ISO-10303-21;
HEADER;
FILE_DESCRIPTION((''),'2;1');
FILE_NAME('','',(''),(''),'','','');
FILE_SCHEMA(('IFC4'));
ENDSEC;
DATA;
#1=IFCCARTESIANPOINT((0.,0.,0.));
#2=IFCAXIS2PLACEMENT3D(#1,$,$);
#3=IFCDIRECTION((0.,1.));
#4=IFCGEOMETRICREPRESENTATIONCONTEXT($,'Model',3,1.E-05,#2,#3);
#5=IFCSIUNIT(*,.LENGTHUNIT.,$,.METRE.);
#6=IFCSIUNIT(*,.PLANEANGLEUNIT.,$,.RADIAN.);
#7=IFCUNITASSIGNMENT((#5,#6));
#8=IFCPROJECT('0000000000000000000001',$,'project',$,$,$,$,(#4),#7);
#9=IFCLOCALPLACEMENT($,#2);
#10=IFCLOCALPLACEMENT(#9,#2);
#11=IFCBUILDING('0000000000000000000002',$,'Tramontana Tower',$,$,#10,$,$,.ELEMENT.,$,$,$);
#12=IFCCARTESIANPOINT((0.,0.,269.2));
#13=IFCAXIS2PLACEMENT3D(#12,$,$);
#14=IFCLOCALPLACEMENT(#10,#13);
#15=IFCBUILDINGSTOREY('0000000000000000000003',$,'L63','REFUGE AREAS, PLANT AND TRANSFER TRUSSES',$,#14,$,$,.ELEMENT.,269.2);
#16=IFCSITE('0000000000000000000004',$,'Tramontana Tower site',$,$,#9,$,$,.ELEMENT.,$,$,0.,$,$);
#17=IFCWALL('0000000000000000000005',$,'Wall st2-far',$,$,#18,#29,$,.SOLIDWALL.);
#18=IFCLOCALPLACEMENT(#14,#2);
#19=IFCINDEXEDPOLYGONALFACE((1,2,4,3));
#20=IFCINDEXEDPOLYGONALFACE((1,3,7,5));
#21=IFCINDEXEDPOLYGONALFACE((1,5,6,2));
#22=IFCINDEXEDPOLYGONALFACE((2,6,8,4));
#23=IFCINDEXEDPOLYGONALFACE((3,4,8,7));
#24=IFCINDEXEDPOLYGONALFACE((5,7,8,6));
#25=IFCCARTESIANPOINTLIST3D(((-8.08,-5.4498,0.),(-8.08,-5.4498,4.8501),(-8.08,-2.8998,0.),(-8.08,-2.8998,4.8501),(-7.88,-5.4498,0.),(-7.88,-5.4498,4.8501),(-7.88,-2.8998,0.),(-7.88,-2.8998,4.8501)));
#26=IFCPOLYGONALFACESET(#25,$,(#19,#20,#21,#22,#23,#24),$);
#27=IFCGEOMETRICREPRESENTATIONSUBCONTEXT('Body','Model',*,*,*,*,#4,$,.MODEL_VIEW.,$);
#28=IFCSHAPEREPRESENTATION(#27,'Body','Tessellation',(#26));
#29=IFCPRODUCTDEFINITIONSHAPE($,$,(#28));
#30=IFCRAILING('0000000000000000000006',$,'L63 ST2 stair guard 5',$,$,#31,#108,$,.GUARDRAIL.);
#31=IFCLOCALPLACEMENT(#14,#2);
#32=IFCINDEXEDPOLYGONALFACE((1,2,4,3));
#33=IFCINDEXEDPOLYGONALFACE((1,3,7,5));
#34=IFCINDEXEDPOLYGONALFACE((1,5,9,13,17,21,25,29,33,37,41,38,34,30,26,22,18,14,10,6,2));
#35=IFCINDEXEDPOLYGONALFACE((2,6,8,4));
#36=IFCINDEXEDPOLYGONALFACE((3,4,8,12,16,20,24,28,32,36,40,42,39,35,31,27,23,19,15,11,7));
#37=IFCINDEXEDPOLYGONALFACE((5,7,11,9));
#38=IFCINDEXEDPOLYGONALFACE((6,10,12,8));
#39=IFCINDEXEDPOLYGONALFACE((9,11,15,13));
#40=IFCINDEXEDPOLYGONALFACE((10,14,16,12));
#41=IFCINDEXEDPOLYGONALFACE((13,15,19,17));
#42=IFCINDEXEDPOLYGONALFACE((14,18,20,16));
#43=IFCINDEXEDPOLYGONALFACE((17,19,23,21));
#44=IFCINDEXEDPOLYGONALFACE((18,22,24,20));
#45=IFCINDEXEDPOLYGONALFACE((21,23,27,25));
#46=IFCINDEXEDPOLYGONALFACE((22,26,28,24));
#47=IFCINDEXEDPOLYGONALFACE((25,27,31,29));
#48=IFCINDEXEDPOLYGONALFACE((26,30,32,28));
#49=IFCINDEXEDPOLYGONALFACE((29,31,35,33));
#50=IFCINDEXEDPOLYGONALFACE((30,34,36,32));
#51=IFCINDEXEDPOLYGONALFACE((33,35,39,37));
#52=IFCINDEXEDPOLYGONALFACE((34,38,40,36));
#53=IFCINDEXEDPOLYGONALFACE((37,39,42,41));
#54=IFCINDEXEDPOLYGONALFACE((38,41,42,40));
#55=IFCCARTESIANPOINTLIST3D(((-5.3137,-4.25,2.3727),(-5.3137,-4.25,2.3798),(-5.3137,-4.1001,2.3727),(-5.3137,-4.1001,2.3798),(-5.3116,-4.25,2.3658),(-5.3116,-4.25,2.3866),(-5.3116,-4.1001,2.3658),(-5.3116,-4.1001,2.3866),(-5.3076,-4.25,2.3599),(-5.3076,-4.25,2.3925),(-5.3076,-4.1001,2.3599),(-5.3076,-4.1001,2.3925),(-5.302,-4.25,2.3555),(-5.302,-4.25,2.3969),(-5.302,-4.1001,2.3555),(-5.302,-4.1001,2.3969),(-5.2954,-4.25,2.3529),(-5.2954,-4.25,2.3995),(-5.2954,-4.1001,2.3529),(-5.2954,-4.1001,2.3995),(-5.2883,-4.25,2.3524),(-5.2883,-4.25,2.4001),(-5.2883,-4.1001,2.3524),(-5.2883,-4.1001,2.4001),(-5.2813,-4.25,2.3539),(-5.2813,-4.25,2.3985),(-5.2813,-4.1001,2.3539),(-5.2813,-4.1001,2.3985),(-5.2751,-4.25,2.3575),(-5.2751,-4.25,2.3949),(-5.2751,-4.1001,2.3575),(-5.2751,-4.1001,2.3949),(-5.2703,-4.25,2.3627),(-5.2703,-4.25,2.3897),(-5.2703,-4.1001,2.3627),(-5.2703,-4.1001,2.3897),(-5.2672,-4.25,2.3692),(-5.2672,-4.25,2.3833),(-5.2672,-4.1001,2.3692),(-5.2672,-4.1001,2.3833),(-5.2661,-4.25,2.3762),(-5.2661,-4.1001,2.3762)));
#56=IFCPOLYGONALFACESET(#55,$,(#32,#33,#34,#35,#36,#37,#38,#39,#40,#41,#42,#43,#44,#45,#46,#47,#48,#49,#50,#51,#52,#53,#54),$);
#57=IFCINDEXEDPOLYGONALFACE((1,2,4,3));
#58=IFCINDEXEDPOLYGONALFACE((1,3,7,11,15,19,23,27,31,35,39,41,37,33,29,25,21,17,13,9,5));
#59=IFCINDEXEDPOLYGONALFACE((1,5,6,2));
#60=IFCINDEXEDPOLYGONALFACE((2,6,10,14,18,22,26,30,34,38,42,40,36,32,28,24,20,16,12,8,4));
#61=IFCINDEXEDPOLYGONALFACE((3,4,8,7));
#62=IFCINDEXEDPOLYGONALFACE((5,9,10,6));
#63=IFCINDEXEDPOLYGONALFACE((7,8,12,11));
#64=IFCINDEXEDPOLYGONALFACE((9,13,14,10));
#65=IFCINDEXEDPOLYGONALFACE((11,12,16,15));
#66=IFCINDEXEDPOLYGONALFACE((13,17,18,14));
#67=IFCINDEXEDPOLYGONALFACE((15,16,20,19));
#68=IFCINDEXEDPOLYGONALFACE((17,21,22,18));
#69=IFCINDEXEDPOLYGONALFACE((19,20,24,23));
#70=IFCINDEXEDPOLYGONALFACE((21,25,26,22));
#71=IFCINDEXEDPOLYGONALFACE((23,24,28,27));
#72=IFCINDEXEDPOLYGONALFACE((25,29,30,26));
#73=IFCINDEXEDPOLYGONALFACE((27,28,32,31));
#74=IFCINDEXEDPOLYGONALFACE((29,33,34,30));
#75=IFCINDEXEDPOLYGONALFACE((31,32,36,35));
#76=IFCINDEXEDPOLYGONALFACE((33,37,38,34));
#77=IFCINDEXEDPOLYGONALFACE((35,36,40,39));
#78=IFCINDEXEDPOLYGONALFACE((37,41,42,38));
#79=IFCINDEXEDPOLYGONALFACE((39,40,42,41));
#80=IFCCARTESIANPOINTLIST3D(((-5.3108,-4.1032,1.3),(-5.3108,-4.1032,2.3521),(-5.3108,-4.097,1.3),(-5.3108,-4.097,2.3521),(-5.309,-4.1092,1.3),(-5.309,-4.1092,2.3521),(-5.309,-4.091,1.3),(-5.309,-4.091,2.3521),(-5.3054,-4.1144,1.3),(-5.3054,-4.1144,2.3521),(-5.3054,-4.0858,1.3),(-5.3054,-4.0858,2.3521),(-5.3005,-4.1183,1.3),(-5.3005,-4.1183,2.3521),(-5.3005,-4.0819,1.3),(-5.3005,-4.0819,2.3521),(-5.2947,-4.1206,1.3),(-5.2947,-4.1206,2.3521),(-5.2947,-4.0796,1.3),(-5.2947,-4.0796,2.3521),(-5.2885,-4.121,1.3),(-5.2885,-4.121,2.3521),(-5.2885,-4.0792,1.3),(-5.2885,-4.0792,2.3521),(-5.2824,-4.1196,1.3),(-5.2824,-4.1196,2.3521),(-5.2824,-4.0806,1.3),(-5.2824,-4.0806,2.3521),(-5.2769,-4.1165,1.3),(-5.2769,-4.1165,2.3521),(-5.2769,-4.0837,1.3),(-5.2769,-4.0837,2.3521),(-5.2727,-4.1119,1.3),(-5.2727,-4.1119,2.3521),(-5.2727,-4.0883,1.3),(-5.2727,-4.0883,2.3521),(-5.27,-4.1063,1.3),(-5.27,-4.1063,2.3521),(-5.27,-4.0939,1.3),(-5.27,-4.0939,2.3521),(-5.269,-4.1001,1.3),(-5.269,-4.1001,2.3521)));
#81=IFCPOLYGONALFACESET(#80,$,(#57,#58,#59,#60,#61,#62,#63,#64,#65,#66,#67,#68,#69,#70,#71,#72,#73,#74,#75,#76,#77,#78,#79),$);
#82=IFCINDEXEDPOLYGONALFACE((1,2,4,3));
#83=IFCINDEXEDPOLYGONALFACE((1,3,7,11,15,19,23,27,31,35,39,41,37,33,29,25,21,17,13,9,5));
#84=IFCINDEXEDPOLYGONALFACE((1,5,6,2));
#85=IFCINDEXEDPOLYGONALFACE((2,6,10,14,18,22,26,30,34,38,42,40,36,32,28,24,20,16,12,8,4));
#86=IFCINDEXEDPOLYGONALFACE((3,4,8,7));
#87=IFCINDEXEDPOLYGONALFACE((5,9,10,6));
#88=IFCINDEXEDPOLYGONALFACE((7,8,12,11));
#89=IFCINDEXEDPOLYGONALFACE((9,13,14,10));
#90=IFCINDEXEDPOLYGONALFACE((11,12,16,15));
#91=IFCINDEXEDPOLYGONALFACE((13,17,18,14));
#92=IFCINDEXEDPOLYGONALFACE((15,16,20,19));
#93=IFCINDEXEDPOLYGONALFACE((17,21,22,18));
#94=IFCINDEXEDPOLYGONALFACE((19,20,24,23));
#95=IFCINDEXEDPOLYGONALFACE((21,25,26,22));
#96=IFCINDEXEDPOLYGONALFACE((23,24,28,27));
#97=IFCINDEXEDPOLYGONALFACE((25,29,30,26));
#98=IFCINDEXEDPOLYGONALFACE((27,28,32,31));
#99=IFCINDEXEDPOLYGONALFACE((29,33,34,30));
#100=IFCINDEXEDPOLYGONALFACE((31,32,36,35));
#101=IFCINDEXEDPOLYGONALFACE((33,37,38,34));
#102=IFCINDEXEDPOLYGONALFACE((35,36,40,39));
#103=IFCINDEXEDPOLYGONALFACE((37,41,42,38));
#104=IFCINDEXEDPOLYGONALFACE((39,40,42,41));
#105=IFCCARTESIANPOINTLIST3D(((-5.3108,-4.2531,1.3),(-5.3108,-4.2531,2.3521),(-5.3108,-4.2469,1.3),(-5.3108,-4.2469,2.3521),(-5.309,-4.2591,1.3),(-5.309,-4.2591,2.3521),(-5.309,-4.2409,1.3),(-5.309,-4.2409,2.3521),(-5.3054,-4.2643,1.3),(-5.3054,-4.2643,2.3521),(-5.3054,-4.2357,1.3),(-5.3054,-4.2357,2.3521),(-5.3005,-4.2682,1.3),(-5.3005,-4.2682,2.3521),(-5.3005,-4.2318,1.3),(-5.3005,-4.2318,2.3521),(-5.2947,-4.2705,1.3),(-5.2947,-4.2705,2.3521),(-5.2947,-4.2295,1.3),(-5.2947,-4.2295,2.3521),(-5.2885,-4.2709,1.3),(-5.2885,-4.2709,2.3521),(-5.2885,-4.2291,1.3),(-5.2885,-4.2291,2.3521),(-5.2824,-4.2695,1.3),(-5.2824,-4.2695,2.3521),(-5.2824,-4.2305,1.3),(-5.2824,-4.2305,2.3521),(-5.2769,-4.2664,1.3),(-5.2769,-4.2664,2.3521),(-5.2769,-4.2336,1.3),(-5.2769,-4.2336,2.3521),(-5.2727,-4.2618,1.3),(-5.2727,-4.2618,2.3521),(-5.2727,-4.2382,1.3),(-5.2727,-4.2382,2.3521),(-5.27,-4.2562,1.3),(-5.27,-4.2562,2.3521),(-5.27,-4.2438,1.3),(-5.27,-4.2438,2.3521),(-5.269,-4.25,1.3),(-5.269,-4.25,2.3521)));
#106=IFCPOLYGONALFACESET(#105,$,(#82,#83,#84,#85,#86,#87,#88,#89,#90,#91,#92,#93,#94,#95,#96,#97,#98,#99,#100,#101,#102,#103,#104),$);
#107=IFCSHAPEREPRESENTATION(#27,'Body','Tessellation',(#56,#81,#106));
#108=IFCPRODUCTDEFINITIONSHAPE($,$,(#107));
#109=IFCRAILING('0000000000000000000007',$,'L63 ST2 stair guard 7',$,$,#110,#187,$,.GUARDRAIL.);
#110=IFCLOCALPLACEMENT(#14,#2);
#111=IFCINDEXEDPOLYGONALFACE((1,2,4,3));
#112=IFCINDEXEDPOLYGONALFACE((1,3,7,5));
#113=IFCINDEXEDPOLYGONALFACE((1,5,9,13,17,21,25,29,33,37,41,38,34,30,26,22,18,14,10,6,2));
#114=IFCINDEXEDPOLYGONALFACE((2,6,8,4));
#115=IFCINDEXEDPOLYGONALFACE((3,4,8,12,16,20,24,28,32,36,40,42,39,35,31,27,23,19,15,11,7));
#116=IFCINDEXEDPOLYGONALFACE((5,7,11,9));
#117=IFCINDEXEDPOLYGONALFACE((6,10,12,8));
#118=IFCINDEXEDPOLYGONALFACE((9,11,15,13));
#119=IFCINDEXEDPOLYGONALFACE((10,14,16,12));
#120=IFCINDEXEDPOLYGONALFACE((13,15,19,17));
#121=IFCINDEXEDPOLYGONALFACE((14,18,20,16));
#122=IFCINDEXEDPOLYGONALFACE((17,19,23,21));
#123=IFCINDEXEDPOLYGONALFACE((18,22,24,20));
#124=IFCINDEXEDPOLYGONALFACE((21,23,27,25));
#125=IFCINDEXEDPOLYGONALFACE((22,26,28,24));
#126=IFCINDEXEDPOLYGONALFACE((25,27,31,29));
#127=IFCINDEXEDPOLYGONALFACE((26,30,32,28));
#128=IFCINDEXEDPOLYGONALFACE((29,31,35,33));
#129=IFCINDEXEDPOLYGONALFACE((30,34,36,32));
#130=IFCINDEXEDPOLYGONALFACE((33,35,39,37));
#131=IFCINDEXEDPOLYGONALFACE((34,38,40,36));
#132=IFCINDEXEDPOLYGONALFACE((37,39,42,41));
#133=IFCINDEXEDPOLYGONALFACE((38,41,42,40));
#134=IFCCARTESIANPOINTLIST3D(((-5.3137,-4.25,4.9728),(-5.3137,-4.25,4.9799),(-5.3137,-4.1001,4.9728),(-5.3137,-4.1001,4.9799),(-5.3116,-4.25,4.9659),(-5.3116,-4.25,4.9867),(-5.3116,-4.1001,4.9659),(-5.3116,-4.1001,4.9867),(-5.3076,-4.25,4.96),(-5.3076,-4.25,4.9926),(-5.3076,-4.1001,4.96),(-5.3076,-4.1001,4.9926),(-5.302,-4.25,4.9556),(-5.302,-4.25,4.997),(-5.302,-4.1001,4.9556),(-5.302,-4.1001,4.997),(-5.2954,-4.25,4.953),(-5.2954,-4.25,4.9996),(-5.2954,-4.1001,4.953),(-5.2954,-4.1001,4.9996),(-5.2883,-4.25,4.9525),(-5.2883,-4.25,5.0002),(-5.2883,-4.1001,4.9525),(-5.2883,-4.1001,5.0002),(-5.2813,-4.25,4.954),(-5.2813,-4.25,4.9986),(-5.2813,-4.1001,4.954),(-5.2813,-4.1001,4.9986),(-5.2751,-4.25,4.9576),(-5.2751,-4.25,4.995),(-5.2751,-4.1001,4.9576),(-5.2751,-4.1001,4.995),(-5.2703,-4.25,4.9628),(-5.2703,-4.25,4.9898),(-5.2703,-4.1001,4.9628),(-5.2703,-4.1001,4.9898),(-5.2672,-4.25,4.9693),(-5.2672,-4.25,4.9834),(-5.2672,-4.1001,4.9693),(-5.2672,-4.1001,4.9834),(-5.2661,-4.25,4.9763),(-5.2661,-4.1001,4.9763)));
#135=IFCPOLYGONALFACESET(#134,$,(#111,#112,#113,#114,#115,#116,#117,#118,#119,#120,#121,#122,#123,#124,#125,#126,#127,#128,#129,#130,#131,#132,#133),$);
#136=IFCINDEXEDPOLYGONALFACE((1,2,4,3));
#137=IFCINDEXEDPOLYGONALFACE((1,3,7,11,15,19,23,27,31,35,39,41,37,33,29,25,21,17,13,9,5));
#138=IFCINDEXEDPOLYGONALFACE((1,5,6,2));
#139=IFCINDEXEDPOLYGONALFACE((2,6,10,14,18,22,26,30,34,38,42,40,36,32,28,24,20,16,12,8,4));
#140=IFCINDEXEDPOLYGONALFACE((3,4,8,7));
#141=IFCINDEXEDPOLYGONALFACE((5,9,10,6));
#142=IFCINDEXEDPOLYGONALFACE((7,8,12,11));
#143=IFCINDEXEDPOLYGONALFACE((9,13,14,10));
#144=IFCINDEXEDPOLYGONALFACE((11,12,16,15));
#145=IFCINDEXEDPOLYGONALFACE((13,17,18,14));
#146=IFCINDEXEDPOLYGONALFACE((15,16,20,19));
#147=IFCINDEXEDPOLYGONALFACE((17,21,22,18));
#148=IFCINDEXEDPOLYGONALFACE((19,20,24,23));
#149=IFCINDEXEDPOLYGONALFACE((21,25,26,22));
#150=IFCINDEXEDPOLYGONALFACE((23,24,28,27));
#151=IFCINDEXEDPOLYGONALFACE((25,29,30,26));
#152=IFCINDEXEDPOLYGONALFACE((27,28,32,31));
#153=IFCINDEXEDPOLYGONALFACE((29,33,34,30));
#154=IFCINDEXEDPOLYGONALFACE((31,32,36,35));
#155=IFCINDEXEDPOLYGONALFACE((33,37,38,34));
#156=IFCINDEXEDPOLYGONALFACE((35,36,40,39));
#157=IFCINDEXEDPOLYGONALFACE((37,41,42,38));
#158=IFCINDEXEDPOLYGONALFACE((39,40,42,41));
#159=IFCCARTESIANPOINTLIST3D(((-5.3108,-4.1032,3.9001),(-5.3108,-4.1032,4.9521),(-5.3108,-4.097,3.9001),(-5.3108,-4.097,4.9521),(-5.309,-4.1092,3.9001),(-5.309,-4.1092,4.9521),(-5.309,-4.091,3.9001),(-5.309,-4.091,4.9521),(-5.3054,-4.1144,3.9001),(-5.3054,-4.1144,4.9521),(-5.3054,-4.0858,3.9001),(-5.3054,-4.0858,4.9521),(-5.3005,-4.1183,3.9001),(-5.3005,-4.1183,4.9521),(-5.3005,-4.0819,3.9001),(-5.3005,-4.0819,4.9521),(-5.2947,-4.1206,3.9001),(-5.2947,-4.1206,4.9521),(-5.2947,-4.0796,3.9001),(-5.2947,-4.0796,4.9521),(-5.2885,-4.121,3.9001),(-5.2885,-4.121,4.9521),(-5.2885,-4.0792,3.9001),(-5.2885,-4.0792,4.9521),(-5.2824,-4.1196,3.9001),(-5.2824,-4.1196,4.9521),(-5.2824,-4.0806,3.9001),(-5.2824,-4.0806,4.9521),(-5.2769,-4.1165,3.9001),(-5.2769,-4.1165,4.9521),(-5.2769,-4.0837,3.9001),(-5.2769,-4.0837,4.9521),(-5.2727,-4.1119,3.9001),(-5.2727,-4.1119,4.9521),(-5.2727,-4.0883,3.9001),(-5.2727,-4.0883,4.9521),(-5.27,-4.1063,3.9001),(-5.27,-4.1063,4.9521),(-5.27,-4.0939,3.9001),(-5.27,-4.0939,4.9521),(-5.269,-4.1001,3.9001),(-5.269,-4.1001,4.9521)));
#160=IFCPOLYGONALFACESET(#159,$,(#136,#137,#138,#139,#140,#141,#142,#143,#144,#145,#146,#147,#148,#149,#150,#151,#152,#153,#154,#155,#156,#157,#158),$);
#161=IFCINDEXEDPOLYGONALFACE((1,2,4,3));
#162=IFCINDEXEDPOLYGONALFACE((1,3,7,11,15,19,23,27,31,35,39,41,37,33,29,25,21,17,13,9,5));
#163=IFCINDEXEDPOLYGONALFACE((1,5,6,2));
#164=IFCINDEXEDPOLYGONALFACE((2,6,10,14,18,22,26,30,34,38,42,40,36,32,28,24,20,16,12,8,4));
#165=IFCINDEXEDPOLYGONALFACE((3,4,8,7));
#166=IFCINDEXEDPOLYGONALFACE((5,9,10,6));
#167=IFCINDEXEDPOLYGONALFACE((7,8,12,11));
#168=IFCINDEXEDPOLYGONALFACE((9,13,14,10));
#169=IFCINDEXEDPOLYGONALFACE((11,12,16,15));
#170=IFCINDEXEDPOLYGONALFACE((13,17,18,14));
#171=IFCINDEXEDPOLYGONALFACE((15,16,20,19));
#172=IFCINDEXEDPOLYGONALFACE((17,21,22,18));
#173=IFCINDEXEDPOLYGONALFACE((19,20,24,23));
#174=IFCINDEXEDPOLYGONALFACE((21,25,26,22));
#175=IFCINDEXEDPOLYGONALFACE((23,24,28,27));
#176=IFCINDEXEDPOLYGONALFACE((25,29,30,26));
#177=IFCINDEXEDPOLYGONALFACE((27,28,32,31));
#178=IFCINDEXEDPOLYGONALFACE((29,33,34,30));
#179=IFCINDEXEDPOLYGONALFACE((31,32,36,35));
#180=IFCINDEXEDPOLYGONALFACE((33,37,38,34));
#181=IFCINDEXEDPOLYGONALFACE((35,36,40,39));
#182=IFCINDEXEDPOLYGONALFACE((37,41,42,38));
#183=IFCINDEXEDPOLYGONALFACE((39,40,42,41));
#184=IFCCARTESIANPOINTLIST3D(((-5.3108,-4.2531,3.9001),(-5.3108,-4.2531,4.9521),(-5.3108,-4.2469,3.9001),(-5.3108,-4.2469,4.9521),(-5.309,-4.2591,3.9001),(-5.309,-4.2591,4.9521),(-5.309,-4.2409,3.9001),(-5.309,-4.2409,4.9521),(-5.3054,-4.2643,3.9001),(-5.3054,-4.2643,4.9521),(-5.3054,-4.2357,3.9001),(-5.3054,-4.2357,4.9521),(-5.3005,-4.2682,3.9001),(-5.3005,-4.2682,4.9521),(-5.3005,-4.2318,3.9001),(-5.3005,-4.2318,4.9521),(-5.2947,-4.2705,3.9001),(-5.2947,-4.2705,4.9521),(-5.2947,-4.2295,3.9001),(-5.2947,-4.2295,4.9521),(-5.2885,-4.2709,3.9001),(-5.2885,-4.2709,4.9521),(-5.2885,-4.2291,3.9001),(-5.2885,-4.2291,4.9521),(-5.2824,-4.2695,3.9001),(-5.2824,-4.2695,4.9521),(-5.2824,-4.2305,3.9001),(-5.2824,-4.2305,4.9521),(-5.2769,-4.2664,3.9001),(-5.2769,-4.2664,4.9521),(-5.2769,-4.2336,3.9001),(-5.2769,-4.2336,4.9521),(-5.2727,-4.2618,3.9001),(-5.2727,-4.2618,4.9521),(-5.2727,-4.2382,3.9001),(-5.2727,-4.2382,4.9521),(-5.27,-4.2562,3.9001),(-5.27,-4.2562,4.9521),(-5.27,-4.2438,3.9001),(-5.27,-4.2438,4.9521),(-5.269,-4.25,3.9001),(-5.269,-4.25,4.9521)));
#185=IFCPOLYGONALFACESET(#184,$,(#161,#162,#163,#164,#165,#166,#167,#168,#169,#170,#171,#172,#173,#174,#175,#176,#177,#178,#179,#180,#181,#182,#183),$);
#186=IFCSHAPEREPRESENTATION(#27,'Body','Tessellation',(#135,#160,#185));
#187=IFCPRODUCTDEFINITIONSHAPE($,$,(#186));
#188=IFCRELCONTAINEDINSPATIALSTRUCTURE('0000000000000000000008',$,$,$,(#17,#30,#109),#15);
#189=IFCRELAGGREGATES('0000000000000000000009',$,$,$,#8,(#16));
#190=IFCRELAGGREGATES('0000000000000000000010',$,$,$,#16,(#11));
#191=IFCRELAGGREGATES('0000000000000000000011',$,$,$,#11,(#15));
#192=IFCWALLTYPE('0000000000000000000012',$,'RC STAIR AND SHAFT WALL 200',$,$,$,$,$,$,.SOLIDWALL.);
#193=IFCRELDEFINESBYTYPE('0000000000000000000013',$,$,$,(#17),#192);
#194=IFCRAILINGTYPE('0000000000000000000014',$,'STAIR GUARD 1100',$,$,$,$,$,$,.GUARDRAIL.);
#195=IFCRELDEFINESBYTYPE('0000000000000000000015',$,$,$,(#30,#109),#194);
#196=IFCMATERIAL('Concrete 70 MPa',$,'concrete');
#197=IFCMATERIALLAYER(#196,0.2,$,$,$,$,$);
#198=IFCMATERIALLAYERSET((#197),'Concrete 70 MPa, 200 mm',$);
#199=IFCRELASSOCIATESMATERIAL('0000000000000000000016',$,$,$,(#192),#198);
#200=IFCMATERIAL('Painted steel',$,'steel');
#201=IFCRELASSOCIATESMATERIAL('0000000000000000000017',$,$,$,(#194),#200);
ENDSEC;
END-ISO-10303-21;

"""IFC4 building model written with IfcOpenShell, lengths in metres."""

from ifc_helpers import new_model, si_unit, direction, frame, frame_2d, origin, origin_2d, place, context, subcontext, project, spatial, rectangle, circle, extrude, material, layer, layer_set, type_object, element, save


model = new_model("IFC4")

# Units and contexts
model_context = context("Model", 3, precision=1e-05, world=origin(), true_north=direction((0.0, 1.0)))
body_context = subcontext(model_context, "Body", "Model", "MODEL_VIEW")
ifc_project = project(units=[si_unit("LENGTHUNIT", "METRE"), si_unit("PLANEANGLEUNIT", "RADIAN")], contexts=[model_context])

# Site, building, storey
site_placement = place(None, origin())
site = spatial("IfcSite", under=ifc_project, at=site_placement, Name="Tramontana Tower site", CompositionType="ELEMENT", RefElevation=0.0)
building_placement = place(site_placement, origin())
building = spatial("IfcBuilding", under=site, at=building_placement, Name="Tramontana Tower", CompositionType="ELEMENT")
storey_placement = place(building_placement, frame((0.0, 0.0, 269.2)))
storey = spatial("IfcBuildingStorey", under=building, at=storey_placement, Name="L63", Description="REFUGE AREAS, PLANT AND TRANSFER TRUSSES", CompositionType="ELEMENT", Elevation=269.2)

# Wall
ifc_material_1 = material(Name="Concrete 70 MPa", Category="concrete")
ifc_layer_1 = layer(ifc_material_1, 0.2)
ifc_layer_set_1 = layer_set([ifc_layer_1], Name="Concrete 70 MPa, 200 mm")
wall_type_1 = type_object("IfcWallType", Name="RC STAIR AND SHAFT WALL 200", PredefinedType="SOLIDWALL", material=ifc_layer_set_1)
wall_1_placement = place(storey_placement, frame((-7.98, -2.8999, 0.0), z_axis=(0.0, 0.0, 1.0), x_axis=(0.0, -1.0, 0.0)))
element("IfcWall", 1, at=wall_1_placement, inside=storey, type_object=wall_type_1, Name="Wall st2-far", PredefinedType="SOLIDWALL", context=body_context, shape_type="SweptSolid", body=[
    extrude(rectangle(XDim=2.55, YDim=0.2, at=frame_2d((1.2749, 0.0))), origin(), (0.0, 0.0, 1.0), 4.8501),
])

# Railings
ifc_material_2 = material(Name="Painted steel", Category="steel")
railing_type_1 = type_object("IfcRailingType", Name="STAIR GUARD 1100", PredefinedType="GUARDRAIL", material=ifc_material_2)
for number, where, name in (
    (2, (-5.29, -4.1001, 1.3), "L63 ST2 stair guard 5"),
    (3, (-5.29, -4.1001, 3.9001), "L63 ST2 stair guard 7"),
):
    element("IfcRailing", number, at=place(storey_placement, frame(where)), inside=storey, type_object=railing_type_1, Name=name, PredefinedType="GUARDRAIL", context=body_context, shape_type="SweptSolid", body=[
        extrude(circle(Radius=0.0239, at=origin_2d()), frame((0.0, 0.0, 1.0762), z_axis=(0.0, -1.0, 0.0), x_axis=(1.0, 0.0, 0.0)), (0.0, 0.0, 1.0), 0.1499),
        extrude(circle(Radius=0.021, at=origin_2d()), origin(), (0.0, 0.0, 1.0), 1.052),
        extrude(circle(Radius=0.021, at=origin_2d()), frame((0.0, -0.1499, 0.0)), (0.0, 0.0, 1.0), 1.052),
    ])

save(model, "model.ifc")
